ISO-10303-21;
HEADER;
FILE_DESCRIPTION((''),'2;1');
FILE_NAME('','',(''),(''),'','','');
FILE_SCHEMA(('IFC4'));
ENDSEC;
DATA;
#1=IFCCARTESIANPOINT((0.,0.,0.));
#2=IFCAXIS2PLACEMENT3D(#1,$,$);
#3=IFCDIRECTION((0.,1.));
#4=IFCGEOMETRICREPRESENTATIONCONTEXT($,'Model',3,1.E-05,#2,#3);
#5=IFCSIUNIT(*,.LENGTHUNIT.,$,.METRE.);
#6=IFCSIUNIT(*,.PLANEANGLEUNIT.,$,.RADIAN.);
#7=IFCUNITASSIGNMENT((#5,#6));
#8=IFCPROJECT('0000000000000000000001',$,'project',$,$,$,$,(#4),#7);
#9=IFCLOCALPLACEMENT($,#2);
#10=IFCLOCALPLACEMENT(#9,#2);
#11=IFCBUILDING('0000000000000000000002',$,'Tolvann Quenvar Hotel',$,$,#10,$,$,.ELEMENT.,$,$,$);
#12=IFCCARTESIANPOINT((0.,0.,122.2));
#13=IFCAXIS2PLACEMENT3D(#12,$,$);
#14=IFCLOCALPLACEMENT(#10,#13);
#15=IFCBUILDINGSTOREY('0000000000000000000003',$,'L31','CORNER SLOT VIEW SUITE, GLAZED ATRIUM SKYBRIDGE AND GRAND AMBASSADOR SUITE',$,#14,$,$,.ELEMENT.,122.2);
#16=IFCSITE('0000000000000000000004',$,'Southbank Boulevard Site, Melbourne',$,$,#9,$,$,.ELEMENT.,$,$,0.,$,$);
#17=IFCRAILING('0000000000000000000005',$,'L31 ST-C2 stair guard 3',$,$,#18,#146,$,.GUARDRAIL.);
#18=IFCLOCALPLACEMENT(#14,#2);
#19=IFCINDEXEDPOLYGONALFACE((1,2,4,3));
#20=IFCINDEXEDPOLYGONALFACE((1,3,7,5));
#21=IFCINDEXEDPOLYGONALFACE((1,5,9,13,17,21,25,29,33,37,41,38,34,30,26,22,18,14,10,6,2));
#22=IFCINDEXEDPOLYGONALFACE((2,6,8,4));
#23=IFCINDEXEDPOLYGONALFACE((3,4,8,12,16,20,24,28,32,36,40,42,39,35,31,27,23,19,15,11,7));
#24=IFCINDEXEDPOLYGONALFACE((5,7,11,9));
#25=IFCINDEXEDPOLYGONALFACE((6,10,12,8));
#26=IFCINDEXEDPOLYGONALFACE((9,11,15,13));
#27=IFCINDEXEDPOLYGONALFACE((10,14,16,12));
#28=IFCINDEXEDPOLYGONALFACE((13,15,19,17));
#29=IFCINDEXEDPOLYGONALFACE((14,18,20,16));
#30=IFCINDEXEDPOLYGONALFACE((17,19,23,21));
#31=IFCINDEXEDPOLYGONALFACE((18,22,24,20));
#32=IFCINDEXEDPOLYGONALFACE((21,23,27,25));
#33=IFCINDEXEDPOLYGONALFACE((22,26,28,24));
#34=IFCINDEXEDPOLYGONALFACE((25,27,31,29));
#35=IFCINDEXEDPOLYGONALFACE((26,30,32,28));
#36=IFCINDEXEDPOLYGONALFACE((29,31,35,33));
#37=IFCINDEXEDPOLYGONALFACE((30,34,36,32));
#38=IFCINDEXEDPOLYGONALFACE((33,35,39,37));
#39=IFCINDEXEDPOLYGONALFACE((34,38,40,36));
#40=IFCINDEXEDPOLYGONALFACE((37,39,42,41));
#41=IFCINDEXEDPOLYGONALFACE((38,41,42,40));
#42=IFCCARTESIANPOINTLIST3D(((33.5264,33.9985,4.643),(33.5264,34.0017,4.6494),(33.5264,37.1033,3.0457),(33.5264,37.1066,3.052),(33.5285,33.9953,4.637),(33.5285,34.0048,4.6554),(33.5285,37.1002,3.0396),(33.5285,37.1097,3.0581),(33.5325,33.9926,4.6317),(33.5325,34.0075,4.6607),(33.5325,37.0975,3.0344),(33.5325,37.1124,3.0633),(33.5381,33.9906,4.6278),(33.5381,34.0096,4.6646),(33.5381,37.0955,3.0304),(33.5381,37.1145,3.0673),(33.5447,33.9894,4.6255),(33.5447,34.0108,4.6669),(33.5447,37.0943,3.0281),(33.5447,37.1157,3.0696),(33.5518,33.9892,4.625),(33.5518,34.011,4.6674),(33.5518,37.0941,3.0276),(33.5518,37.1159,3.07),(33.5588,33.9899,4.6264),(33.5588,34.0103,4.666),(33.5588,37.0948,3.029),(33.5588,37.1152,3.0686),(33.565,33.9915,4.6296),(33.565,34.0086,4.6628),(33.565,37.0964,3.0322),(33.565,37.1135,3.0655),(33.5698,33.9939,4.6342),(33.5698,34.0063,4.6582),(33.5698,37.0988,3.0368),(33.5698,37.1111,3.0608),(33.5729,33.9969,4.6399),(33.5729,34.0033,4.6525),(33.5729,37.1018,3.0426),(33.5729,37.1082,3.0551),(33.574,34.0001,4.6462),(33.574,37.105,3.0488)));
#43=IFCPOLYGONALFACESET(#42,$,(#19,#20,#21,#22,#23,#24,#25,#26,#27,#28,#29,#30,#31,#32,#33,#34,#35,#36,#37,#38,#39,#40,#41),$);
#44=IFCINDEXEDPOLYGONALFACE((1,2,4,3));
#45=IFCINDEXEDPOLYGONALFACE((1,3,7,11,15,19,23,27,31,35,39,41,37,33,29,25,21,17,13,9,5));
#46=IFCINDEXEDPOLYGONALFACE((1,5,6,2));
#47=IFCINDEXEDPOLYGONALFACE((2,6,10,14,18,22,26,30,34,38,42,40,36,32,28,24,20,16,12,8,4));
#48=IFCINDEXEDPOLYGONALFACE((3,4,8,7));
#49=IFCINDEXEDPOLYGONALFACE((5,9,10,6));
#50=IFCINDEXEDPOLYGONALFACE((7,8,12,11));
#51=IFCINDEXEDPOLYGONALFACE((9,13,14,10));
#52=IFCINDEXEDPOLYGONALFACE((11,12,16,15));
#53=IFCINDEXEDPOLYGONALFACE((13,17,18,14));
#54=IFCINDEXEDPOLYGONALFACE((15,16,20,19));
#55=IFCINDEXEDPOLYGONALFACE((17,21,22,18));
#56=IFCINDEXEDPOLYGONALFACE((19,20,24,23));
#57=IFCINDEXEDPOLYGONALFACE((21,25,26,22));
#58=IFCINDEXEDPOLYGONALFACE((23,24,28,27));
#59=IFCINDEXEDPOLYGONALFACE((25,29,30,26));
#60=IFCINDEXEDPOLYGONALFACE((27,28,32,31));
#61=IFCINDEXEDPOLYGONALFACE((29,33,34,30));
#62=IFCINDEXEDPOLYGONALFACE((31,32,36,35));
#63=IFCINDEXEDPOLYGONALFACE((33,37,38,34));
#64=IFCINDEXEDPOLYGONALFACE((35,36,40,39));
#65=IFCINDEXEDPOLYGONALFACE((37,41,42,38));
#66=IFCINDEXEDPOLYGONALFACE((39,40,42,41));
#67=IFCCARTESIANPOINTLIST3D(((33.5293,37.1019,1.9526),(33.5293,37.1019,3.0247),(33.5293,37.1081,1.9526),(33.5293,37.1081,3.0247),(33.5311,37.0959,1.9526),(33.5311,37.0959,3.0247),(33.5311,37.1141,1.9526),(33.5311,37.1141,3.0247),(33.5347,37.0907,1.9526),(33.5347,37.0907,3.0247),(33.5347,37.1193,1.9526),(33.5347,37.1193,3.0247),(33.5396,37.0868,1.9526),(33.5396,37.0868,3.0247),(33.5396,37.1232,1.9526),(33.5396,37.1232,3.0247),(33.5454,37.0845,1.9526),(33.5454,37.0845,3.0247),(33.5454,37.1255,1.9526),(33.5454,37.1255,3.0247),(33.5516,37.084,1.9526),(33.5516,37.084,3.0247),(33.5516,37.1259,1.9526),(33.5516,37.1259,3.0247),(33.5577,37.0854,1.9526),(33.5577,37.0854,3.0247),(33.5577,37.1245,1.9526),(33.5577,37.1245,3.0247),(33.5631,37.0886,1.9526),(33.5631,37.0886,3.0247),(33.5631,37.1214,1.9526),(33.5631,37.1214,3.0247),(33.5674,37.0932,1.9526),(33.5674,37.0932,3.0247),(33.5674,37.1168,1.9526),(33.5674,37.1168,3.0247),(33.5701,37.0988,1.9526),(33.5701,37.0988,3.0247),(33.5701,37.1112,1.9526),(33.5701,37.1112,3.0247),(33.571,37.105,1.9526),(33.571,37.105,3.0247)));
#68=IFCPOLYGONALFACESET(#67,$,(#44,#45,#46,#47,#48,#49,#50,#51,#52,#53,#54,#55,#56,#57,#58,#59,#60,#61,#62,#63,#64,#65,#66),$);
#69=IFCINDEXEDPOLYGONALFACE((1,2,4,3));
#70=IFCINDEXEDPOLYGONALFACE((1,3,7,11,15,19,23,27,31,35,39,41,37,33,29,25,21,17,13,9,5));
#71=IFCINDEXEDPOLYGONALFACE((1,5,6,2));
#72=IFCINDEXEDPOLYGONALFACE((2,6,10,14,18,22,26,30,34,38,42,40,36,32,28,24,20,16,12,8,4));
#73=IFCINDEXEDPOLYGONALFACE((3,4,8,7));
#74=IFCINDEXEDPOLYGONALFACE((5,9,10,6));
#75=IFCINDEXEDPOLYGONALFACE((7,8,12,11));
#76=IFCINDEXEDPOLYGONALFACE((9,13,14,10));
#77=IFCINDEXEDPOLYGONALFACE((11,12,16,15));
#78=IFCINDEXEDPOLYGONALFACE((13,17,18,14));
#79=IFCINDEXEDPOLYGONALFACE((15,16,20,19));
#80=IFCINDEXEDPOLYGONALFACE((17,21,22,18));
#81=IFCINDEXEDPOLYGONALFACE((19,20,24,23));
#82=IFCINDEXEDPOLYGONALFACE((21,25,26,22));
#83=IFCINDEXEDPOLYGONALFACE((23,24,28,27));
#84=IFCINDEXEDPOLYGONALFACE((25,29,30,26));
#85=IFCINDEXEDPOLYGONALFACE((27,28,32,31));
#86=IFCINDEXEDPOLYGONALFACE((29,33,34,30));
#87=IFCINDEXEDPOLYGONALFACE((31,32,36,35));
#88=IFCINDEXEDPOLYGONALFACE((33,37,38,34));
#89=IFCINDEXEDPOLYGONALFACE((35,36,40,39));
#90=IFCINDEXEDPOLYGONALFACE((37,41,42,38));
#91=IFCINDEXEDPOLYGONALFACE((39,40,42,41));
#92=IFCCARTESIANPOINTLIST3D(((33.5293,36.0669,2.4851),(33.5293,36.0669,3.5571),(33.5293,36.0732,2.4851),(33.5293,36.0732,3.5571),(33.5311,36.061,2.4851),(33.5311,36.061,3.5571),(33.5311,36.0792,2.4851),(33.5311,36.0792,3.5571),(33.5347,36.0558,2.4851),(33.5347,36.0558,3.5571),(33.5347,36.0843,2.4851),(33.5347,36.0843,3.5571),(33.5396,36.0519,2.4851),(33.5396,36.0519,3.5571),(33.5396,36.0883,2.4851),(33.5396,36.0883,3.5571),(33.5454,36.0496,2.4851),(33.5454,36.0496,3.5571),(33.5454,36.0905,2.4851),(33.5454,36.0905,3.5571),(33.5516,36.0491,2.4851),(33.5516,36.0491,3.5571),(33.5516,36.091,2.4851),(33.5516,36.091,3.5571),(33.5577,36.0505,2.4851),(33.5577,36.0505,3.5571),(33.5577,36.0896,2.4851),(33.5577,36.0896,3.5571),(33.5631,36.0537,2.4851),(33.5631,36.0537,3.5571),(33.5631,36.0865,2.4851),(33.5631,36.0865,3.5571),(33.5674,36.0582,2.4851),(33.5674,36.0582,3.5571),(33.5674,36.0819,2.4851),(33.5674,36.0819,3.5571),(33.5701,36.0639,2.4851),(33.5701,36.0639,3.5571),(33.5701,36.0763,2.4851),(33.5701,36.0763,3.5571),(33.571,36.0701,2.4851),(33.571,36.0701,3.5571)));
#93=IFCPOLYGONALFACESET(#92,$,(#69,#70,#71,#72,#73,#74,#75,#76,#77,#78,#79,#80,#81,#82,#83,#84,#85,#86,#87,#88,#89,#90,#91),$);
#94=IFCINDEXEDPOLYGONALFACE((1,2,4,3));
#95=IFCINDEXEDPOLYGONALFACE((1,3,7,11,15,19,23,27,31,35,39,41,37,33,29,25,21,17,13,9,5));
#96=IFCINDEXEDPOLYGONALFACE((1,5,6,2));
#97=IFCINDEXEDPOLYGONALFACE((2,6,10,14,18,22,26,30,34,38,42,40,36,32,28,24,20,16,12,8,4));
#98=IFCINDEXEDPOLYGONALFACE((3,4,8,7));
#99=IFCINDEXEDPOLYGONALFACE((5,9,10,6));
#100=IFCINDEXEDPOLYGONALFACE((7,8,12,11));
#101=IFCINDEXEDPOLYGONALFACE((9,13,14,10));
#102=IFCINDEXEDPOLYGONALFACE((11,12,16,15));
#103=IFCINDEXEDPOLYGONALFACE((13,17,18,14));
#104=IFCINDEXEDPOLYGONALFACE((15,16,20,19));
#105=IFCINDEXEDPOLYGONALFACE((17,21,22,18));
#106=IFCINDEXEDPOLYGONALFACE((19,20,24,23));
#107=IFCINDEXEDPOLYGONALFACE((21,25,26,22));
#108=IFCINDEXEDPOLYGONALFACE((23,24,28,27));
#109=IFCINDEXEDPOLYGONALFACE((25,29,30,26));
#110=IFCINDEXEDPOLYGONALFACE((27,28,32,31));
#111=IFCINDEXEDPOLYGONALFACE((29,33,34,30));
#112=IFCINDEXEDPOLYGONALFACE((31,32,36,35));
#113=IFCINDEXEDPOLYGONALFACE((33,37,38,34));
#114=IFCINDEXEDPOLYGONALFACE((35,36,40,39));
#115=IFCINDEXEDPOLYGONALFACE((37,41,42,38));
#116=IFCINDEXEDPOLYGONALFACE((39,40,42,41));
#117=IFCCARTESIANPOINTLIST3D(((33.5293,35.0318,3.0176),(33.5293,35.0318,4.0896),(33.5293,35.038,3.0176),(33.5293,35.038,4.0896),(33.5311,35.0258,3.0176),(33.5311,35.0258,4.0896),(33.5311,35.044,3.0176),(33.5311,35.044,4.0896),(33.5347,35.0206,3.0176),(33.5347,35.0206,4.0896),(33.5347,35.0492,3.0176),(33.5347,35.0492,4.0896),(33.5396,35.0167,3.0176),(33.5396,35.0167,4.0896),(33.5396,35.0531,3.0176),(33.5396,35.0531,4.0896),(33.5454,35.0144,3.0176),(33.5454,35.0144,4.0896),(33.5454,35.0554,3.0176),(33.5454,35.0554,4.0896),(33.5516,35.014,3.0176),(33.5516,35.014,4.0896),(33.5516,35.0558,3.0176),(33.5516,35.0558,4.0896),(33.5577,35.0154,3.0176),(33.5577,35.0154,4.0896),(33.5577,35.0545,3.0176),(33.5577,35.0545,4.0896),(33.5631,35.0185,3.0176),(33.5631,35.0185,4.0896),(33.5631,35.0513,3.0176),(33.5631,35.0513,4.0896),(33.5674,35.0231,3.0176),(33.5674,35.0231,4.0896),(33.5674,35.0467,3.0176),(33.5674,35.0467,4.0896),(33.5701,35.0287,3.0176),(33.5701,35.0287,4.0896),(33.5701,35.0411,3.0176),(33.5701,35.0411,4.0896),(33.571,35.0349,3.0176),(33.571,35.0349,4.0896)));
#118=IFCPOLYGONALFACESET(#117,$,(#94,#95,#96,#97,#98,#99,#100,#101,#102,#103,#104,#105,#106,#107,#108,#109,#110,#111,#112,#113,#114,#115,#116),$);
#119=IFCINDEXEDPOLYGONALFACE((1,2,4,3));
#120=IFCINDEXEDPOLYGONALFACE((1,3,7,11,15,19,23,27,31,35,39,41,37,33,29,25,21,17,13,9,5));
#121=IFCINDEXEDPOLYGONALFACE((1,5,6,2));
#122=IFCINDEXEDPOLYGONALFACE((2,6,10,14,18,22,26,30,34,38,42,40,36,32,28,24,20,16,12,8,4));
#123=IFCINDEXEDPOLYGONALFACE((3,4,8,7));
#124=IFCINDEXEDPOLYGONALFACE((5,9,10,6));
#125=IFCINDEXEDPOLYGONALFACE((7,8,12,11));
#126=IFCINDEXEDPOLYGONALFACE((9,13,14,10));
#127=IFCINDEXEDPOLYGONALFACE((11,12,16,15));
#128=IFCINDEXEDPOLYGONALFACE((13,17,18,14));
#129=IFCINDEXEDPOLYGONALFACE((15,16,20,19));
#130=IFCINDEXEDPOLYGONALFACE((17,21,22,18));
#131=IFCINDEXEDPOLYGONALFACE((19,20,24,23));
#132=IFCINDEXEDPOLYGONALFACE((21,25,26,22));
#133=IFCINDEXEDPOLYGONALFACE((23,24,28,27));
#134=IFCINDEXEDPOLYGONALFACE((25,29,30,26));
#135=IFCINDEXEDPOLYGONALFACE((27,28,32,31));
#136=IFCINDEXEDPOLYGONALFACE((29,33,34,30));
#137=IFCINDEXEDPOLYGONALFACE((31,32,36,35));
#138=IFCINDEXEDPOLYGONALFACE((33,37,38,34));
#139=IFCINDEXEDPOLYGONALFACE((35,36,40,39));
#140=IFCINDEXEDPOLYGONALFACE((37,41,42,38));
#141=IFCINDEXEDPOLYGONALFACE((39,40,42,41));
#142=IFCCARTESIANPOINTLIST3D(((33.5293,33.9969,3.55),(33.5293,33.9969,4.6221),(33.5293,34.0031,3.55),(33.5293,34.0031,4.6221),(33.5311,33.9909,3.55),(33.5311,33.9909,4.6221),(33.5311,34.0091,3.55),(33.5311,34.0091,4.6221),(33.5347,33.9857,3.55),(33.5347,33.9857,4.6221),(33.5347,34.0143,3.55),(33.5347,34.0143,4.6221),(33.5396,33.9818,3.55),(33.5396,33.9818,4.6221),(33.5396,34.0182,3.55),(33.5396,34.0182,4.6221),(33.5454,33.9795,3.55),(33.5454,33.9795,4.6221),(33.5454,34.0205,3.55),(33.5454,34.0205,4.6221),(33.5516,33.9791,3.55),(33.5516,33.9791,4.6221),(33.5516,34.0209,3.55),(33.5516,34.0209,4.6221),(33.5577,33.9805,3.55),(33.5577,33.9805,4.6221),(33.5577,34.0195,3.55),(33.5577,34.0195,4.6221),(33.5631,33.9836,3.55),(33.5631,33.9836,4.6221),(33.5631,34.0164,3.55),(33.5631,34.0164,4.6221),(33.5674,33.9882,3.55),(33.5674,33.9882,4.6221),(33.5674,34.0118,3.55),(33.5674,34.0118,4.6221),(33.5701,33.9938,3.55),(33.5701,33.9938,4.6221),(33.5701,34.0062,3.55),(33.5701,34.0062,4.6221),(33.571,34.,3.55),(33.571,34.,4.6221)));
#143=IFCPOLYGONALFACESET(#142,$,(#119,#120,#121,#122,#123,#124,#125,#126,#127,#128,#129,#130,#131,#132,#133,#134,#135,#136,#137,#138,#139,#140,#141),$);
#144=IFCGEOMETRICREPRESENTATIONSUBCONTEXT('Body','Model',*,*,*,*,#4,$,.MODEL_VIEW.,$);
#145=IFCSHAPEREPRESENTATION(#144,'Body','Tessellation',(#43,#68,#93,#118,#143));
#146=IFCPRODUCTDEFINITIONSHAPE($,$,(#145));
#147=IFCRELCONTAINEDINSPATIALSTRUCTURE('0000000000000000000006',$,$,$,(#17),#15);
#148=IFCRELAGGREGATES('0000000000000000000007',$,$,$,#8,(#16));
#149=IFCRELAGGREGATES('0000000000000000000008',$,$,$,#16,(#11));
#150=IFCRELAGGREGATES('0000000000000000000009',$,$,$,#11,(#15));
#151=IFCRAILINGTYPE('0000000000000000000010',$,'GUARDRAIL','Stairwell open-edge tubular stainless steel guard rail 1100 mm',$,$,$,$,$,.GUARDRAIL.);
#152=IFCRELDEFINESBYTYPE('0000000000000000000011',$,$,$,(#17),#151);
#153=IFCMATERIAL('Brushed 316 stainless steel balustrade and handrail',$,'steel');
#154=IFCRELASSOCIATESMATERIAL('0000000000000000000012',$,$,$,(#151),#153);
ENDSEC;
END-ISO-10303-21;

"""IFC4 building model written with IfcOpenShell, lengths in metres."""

from ifc_helpers import new_model, si_unit, direction, frame, origin, origin_2d, place, context, subcontext, project, spatial, circle, extrude, material, type_object, element, save


model = new_model("IFC4")

# Units and contexts
model_context = context("Model", 3, precision=1e-05, world=origin(), true_north=direction((0.0, 1.0)))
body_context = subcontext(model_context, "Body", "Model", "MODEL_VIEW")
ifc_project = project(units=[si_unit("LENGTHUNIT", "METRE"), si_unit("PLANEANGLEUNIT", "RADIAN")], contexts=[model_context])

# Site, building, storey
site_placement = place(None, origin())
site = spatial("IfcSite", under=ifc_project, at=site_placement, Name="Southbank Boulevard Site, Melbourne", CompositionType="ELEMENT", RefElevation=0.0)
building_placement = place(site_placement, origin())
building = spatial("IfcBuilding", under=site, at=building_placement, Name="Tolvann Quenvar Hotel", CompositionType="ELEMENT")
storey_placement = place(building_placement, frame((0.0, 0.0, 122.2)))
storey = spatial("IfcBuildingStorey", under=building, at=storey_placement, Name="L31", Description="CORNER SLOT VIEW SUITE, GLAZED ATRIUM SKYBRIDGE AND GRAND AMBASSADOR SUITE", CompositionType="ELEMENT", Elevation=122.2)

# Railing
ifc_material_1 = material(Name="Brushed 316 stainless steel balustrade and handrail", Category="steel")
railing_type_1 = type_object("IfcRailingType", Name="GUARDRAIL", Description="Stairwell open-edge tubular stainless steel guard rail 1100 mm", PredefinedType="GUARDRAIL", material=ifc_material_1)
railing_1_placement = place(storey_placement, frame((33.55, 37.105, 1.9526)))
element("IfcRailing", 1, at=railing_1_placement, inside=storey, type_object=railing_type_1, Name="L31 ST-C2 stair guard 3", PredefinedType="GUARDRAIL", context=body_context, shape_type="SweptSolid", body=[
    extrude(circle(Radius=0.0239, at=origin_2d()), frame((0.0, 0.0, 1.0962), z_axis=(0.0, -0.889222, 0.457476), x_axis=(1.0, 0.0, 0.0)), (0.0, 0.0, 1.0), 3.4917),
    extrude(circle(Radius=0.021, at=origin_2d()), origin(), (0.0, 0.0, 1.0), 1.072),
    extrude(circle(Radius=0.021, at=origin_2d()), frame((0.0, -1.0349, 0.5325)), (0.0, 0.0, 1.0), 1.072),
    extrude(circle(Radius=0.021, at=origin_2d()), frame((0.0, -2.0701, 1.0649)), (0.0, 0.0, 1.0), 1.072),
    extrude(circle(Radius=0.021, at=origin_2d()), frame((0.0, -3.105, 1.5974)), (0.0, 0.0, 1.0), 1.072),
])

save(model, "model.ifc")
